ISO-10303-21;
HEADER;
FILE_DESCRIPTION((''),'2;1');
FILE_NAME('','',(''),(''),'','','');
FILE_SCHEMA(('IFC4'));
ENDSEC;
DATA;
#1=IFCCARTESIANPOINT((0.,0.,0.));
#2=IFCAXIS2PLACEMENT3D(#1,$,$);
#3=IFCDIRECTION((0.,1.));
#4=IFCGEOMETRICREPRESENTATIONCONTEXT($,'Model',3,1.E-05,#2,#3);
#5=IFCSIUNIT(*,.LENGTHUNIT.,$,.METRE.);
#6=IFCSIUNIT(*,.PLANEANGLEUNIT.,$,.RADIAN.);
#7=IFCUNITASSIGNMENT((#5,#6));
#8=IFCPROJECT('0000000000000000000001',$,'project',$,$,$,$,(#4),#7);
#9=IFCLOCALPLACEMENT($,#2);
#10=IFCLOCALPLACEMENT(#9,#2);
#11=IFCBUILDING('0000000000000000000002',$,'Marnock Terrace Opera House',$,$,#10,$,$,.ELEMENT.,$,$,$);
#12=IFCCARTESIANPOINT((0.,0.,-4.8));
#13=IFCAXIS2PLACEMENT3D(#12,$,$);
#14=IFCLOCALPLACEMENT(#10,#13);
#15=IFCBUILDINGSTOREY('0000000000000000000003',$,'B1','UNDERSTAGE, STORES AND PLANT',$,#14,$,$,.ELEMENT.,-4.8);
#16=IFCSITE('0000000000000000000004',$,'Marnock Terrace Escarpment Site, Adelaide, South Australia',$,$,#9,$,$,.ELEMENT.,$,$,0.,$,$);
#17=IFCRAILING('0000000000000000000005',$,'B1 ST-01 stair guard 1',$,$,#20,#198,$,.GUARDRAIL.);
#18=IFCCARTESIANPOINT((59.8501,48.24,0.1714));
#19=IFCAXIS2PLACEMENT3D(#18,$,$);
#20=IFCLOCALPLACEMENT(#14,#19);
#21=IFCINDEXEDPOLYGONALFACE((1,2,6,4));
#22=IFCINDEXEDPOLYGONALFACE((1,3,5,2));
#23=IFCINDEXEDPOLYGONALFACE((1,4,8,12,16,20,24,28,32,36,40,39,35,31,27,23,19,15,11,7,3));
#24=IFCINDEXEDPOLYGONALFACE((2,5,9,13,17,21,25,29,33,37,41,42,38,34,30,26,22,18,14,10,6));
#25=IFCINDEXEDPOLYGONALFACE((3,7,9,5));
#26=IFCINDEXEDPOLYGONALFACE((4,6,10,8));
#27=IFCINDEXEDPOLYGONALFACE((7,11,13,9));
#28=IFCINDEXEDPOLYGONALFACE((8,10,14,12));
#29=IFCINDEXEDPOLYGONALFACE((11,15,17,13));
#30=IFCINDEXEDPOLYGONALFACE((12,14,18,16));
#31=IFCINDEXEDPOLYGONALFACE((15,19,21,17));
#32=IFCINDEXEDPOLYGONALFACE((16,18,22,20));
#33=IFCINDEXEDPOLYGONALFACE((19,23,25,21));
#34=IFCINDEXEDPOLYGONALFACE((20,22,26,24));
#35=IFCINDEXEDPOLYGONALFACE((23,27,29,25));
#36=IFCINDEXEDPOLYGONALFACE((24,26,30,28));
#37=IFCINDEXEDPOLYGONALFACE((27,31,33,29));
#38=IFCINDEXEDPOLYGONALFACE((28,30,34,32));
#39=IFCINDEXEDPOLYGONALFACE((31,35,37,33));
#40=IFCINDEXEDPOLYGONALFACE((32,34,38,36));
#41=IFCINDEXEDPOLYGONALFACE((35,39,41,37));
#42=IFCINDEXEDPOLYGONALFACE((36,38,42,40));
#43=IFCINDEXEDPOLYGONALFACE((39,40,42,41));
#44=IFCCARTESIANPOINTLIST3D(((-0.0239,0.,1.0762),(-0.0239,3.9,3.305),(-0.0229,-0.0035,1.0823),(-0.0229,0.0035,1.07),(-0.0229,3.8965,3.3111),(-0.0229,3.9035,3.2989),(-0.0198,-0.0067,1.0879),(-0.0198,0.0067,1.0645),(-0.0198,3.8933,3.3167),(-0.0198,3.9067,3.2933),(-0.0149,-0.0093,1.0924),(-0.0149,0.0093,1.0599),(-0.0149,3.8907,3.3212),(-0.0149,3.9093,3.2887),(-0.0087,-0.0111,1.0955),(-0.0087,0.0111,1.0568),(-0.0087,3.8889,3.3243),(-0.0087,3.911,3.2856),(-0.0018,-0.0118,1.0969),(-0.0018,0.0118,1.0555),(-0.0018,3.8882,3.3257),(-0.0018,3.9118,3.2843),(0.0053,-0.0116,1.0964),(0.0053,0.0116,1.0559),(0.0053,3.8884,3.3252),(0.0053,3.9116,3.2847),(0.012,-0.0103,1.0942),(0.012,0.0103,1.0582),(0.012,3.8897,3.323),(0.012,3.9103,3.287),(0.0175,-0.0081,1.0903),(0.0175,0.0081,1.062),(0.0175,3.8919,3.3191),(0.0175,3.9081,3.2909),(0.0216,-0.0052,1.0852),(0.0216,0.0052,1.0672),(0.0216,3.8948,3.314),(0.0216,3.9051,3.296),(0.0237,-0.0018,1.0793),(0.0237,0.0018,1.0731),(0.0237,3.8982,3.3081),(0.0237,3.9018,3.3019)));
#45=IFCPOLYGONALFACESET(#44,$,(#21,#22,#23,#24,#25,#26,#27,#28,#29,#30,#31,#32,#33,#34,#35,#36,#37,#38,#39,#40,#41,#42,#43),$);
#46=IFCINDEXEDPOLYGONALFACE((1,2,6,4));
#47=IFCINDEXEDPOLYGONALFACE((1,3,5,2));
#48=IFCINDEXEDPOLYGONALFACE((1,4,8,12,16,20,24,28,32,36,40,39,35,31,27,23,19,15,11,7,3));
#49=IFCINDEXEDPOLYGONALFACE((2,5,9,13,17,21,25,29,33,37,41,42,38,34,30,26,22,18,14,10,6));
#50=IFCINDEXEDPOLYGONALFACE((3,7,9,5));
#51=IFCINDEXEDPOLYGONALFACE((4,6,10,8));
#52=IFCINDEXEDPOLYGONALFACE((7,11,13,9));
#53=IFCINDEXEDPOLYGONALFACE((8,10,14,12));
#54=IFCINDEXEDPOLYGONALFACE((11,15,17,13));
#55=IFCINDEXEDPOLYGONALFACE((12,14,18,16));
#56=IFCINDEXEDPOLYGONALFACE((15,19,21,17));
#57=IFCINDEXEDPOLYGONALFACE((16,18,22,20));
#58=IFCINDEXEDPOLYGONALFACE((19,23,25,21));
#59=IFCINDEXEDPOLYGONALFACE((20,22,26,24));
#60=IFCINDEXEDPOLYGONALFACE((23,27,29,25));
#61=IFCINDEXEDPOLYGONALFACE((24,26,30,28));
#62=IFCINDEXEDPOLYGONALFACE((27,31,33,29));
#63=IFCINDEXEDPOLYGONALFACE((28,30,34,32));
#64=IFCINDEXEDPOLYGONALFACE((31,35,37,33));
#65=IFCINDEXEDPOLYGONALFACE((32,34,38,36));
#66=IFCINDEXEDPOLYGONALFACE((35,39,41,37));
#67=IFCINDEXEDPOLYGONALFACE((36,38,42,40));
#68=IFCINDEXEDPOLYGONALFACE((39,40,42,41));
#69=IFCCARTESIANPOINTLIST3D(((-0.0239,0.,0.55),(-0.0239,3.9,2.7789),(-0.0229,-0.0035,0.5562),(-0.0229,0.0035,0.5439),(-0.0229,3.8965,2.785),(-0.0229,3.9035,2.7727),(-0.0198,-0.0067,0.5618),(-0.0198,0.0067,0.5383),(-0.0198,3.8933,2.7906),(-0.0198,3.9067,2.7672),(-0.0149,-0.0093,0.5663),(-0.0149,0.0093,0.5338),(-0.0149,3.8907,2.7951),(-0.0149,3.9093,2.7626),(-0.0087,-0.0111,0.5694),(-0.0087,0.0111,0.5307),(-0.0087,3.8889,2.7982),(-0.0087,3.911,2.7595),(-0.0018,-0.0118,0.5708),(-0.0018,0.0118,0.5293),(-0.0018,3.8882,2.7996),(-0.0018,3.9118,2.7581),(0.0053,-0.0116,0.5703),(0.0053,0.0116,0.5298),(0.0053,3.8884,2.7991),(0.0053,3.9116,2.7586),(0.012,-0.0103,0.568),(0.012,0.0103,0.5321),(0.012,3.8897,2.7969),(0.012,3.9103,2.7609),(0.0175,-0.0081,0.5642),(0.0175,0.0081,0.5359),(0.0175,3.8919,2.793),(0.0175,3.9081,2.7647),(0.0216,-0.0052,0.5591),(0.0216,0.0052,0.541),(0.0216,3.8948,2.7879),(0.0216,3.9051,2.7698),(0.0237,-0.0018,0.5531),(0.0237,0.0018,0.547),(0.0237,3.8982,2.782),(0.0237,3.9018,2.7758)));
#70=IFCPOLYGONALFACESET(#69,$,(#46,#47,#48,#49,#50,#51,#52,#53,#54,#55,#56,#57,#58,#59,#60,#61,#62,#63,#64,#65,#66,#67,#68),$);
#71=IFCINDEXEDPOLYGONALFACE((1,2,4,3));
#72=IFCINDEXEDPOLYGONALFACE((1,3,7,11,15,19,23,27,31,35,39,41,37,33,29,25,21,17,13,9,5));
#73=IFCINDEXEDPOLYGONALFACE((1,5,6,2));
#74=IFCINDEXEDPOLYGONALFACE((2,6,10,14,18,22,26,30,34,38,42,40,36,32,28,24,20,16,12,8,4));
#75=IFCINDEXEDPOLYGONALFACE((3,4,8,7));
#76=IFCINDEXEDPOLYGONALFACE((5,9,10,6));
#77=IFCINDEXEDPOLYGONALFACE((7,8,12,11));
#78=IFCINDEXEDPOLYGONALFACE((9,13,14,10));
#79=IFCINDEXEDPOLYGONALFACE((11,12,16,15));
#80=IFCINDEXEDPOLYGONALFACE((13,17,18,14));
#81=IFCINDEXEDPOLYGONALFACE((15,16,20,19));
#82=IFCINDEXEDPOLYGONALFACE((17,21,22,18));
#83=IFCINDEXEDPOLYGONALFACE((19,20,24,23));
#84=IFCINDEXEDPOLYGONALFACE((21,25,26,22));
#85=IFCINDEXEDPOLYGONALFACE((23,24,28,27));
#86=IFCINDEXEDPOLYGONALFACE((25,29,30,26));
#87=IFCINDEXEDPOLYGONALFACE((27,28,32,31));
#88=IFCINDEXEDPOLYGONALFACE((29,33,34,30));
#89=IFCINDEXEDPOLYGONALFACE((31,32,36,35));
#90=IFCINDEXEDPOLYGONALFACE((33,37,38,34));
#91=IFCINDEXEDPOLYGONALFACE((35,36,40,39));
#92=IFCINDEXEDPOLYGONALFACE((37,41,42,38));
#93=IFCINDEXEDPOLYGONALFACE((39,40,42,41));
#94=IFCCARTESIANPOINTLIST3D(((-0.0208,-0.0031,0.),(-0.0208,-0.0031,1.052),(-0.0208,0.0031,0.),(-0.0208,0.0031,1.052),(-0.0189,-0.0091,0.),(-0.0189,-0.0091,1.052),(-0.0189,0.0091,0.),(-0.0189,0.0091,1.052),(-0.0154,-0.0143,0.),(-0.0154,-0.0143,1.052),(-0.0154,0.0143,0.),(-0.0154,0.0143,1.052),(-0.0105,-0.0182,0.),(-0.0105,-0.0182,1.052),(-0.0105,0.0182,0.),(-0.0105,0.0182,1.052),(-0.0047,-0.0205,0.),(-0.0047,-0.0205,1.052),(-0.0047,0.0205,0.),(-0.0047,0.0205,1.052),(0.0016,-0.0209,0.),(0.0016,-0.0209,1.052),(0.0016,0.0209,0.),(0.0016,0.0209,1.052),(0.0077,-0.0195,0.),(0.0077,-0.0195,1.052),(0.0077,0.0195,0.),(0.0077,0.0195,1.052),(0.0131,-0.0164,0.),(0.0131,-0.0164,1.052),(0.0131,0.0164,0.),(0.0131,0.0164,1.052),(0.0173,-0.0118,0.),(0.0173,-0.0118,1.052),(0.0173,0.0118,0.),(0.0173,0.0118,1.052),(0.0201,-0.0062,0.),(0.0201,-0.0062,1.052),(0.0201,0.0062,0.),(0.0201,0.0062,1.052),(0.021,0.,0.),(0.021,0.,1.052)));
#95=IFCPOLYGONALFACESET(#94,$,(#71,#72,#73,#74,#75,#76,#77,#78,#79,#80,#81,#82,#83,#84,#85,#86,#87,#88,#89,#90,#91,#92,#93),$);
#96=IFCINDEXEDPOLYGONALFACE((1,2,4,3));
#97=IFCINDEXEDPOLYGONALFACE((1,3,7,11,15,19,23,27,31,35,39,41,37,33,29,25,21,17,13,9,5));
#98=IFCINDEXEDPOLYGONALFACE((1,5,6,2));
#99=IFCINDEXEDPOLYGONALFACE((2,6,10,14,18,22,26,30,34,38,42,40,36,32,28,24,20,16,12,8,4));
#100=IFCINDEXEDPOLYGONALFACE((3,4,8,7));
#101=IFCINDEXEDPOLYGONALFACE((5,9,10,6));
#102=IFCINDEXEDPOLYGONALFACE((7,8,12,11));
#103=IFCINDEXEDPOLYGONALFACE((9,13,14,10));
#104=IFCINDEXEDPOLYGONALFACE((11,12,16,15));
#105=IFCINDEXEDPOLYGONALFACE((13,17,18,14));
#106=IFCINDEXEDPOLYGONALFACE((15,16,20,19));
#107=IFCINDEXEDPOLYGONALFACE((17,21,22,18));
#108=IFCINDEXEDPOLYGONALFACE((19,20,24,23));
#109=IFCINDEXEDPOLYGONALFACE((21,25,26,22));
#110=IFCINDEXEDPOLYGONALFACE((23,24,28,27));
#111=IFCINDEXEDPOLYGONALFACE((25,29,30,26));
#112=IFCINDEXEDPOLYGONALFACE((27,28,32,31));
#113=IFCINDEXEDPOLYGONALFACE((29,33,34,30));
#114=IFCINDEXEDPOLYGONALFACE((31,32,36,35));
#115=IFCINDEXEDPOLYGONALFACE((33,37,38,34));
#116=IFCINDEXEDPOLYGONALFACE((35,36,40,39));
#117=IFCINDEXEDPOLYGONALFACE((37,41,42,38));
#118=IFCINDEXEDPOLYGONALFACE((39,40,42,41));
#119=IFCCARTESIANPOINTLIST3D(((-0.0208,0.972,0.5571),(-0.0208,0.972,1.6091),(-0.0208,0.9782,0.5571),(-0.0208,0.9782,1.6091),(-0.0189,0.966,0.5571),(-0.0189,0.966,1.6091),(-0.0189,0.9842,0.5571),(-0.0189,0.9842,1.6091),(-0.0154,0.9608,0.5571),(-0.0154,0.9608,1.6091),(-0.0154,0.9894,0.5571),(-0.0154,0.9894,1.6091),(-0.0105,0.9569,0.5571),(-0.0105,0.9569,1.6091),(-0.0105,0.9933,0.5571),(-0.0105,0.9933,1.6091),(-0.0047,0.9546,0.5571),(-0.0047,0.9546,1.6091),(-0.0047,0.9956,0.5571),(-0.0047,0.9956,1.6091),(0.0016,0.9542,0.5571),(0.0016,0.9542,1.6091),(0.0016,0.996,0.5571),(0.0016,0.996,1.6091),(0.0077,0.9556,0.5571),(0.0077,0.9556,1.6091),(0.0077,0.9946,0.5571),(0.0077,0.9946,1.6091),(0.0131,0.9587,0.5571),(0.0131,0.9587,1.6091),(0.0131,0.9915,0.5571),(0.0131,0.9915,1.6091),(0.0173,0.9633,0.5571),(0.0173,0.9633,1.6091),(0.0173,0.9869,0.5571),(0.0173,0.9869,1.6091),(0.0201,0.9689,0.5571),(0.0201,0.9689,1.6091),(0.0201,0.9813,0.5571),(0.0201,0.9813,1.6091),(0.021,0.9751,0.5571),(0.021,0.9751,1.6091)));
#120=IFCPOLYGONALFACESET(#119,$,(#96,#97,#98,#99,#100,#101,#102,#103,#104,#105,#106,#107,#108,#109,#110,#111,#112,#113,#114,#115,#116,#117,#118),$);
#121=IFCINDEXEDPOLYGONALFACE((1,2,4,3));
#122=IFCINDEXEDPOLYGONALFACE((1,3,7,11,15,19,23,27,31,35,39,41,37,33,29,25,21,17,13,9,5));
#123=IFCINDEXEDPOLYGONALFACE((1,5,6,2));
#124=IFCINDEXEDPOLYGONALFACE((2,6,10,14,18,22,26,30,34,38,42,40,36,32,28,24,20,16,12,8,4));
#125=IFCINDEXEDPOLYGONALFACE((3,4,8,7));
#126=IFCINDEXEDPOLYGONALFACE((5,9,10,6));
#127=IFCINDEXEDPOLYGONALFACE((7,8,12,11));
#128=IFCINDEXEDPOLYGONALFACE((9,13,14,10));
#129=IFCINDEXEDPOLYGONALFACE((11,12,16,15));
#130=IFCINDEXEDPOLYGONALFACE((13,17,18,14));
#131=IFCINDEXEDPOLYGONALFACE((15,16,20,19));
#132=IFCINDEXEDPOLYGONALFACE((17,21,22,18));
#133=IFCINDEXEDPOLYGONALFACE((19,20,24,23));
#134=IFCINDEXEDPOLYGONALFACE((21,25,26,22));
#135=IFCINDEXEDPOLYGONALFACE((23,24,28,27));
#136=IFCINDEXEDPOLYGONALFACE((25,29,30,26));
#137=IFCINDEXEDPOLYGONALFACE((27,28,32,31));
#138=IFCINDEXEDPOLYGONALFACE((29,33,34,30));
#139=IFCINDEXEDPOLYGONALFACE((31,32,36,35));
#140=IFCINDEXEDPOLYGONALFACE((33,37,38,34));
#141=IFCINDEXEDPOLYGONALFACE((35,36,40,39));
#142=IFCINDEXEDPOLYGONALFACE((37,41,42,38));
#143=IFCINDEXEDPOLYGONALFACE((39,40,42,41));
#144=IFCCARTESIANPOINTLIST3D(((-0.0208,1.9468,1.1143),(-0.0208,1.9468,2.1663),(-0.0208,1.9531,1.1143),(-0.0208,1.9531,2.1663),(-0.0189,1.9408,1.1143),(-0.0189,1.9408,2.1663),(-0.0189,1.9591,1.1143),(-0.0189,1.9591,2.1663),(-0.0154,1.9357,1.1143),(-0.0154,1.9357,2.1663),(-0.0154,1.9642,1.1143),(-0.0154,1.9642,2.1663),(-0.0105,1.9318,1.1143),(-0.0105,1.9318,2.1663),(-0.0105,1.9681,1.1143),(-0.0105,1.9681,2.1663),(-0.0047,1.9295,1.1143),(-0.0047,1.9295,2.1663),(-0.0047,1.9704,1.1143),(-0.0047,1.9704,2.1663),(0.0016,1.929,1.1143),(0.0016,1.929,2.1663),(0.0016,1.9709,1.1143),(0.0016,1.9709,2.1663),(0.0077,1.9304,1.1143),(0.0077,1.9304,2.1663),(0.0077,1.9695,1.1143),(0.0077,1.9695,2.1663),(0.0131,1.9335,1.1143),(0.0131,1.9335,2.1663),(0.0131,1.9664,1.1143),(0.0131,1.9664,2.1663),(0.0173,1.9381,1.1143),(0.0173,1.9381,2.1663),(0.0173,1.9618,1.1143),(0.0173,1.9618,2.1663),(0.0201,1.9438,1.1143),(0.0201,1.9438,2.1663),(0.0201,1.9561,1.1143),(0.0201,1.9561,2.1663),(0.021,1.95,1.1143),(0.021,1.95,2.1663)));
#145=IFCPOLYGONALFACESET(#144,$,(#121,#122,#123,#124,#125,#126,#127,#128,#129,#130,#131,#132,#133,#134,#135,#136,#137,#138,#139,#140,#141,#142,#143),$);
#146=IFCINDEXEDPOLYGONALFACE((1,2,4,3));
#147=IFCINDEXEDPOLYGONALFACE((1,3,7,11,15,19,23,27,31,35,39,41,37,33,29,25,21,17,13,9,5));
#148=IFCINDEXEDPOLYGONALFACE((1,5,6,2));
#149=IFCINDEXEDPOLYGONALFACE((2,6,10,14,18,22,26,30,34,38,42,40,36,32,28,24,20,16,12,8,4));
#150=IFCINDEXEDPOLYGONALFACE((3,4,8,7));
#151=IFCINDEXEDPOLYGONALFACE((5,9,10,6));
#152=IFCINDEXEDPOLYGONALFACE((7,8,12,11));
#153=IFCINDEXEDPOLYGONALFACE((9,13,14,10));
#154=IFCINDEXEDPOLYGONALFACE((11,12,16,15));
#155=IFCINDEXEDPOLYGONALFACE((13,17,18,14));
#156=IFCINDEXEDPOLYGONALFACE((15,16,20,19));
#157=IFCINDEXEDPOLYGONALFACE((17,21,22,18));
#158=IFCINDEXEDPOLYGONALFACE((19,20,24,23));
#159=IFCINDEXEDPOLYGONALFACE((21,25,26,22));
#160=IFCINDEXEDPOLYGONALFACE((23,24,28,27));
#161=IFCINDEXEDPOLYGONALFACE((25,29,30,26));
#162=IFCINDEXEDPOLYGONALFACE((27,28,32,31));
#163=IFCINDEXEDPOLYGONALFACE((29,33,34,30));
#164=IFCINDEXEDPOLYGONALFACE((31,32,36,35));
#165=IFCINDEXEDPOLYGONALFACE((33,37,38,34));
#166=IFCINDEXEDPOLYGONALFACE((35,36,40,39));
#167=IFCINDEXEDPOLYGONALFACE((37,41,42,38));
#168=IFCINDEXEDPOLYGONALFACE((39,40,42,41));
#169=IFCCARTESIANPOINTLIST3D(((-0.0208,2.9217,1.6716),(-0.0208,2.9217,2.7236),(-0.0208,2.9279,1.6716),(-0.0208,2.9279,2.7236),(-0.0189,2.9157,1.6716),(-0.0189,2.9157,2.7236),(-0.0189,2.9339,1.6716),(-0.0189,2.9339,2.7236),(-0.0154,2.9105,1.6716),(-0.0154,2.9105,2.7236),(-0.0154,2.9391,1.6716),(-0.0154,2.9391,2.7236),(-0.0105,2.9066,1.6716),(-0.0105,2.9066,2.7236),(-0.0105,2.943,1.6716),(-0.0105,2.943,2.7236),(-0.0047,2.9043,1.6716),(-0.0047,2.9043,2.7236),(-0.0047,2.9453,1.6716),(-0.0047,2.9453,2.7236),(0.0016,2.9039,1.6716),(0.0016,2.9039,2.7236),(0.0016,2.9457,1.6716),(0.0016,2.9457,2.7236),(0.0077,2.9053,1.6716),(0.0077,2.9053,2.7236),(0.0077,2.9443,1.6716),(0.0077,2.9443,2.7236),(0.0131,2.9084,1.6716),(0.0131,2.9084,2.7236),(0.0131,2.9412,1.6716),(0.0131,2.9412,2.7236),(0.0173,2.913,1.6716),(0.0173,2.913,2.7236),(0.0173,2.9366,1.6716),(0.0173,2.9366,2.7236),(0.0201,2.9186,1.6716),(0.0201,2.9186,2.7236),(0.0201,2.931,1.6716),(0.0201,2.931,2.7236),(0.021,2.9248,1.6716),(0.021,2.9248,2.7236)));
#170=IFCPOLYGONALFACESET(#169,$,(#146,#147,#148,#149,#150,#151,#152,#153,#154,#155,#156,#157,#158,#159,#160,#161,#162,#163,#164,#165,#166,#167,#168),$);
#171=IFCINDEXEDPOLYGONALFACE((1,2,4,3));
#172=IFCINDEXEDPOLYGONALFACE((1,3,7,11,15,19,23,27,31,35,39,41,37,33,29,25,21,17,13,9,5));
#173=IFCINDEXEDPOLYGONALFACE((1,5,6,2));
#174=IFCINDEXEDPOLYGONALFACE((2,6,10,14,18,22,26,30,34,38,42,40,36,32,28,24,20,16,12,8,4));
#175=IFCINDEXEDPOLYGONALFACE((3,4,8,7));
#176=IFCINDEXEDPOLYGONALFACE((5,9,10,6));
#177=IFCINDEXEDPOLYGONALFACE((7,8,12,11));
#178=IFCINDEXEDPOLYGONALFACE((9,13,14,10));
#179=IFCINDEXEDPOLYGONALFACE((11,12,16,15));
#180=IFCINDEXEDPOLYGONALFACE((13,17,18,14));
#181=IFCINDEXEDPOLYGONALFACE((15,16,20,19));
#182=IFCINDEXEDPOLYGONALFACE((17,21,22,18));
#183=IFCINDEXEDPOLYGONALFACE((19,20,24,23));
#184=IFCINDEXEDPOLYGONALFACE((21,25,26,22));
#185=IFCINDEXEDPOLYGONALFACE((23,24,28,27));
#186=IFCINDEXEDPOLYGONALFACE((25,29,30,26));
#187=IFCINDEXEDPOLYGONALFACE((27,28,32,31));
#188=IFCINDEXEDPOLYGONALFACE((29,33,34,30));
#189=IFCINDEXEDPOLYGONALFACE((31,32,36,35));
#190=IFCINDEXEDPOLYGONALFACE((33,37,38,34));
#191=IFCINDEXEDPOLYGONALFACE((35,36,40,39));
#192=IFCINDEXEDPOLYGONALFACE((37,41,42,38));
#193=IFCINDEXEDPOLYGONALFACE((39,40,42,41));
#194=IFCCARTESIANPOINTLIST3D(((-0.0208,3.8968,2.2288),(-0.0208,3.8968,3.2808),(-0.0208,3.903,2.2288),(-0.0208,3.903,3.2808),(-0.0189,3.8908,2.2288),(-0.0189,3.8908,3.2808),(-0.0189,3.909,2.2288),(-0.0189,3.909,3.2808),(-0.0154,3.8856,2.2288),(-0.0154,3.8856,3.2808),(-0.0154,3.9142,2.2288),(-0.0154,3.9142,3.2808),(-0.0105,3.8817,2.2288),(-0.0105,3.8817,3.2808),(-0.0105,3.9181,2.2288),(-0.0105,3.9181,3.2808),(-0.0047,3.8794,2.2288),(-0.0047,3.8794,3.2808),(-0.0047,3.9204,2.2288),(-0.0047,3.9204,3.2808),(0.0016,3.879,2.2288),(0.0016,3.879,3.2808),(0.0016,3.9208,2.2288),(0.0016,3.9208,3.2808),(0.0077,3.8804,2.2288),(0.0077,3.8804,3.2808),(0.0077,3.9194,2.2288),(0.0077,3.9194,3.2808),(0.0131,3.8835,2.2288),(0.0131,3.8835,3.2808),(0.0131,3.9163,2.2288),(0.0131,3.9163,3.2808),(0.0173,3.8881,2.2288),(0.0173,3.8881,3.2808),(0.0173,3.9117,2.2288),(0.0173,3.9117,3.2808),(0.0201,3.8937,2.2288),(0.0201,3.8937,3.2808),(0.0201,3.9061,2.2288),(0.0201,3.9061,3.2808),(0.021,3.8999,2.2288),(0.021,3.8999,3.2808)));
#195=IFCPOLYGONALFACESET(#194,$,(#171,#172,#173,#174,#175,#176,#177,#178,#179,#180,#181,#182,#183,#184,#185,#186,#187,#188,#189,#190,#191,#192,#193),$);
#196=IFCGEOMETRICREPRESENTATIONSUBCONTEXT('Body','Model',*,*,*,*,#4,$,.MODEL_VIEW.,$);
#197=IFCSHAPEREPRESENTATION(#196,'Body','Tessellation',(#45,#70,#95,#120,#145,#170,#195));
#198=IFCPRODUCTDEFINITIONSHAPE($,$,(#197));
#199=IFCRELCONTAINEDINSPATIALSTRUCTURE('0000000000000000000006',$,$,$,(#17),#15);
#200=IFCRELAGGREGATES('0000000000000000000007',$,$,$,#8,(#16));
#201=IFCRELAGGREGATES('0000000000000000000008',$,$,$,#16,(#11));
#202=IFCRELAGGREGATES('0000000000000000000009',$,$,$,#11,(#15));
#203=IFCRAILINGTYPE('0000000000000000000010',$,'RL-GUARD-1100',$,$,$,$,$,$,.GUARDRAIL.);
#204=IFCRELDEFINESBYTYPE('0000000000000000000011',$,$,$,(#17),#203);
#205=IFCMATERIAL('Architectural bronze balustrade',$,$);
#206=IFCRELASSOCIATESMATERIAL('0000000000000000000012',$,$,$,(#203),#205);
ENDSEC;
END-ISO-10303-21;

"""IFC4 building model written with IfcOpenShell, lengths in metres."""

from ifc_helpers import new_model, si_unit, direction, frame, origin, origin_2d, place, context, subcontext, project, spatial, circle, extrude, material, type_object, element, save


model = new_model("IFC4")

# Units and contexts
model_context = context("Model", 3, precision=1e-05, world=origin(), true_north=direction((0.0, 1.0)))
body_context = subcontext(model_context, "Body", "Model", "MODEL_VIEW")
ifc_project = project(units=[si_unit("LENGTHUNIT", "METRE"), si_unit("PLANEANGLEUNIT", "RADIAN")], contexts=[model_context])

# Site, building, storey
site_placement = place(None, origin())
site = spatial("IfcSite", under=ifc_project, at=site_placement, Name="Marnock Terrace Escarpment Site, Adelaide, South Australia", CompositionType="ELEMENT", RefElevation=0.0)
building_placement = place(site_placement, origin())
building = spatial("IfcBuilding", under=site, at=building_placement, Name="Marnock Terrace Opera House", CompositionType="ELEMENT")
storey_placement = place(building_placement, frame((0.0, 0.0, -4.8)))
storey = spatial("IfcBuildingStorey", under=building, at=storey_placement, Name="B1", Description="UNDERSTAGE, STORES AND PLANT", CompositionType="ELEMENT", Elevation=-4.8)

# Railing
ifc_material_1 = material(Name="Architectural bronze balustrade")
railing_type_1 = type_object("IfcRailingType", Name="RL-GUARD-1100", PredefinedType="GUARDRAIL", material=ifc_material_1)
railing_1_placement = place(storey_placement, frame((59.8501, 48.24, 0.1714)))
element("IfcRailing", 1, at=railing_1_placement, inside=storey, type_object=railing_type_1, Name="B1 ST-01 stair guard 1", PredefinedType="GUARDRAIL", context=body_context, shape_type="SweptSolid", body=[
    extrude(circle(Radius=0.0239, at=origin_2d()), frame((0.0, 0.0, 1.0762), z_axis=(0.0, 0.86822, 0.49618), x_axis=(-1.0, 0.0, 0.0)), (0.0, 0.0, 1.0), 4.4919),
    extrude(circle(Radius=0.0239, at=origin_2d()), frame((0.0, 0.0, 0.55), z_axis=(0.0, 0.86822, 0.49618), x_axis=(-1.0, 0.0, 0.0)), (0.0, 0.0, 1.0), 4.4919),
    extrude(circle(Radius=0.021, at=origin_2d()), origin(), (0.0, 0.0, 1.0), 1.052),
    extrude(circle(Radius=0.021, at=origin_2d()), frame((0.0, 0.9751, 0.5571)), (0.0, 0.0, 1.0), 1.052),
    extrude(circle(Radius=0.021, at=origin_2d()), frame((0.0, 1.95, 1.1143)), (0.0, 0.0, 1.0), 1.052),
    extrude(circle(Radius=0.021, at=origin_2d()), frame((0.0, 2.9248, 1.6716)), (0.0, 0.0, 1.0), 1.052),
    extrude(circle(Radius=0.021, at=origin_2d()), frame((0.0, 3.8999, 2.2288)), (0.0, 0.0, 1.0), 1.052),
])

save(model, "model.ifc")
